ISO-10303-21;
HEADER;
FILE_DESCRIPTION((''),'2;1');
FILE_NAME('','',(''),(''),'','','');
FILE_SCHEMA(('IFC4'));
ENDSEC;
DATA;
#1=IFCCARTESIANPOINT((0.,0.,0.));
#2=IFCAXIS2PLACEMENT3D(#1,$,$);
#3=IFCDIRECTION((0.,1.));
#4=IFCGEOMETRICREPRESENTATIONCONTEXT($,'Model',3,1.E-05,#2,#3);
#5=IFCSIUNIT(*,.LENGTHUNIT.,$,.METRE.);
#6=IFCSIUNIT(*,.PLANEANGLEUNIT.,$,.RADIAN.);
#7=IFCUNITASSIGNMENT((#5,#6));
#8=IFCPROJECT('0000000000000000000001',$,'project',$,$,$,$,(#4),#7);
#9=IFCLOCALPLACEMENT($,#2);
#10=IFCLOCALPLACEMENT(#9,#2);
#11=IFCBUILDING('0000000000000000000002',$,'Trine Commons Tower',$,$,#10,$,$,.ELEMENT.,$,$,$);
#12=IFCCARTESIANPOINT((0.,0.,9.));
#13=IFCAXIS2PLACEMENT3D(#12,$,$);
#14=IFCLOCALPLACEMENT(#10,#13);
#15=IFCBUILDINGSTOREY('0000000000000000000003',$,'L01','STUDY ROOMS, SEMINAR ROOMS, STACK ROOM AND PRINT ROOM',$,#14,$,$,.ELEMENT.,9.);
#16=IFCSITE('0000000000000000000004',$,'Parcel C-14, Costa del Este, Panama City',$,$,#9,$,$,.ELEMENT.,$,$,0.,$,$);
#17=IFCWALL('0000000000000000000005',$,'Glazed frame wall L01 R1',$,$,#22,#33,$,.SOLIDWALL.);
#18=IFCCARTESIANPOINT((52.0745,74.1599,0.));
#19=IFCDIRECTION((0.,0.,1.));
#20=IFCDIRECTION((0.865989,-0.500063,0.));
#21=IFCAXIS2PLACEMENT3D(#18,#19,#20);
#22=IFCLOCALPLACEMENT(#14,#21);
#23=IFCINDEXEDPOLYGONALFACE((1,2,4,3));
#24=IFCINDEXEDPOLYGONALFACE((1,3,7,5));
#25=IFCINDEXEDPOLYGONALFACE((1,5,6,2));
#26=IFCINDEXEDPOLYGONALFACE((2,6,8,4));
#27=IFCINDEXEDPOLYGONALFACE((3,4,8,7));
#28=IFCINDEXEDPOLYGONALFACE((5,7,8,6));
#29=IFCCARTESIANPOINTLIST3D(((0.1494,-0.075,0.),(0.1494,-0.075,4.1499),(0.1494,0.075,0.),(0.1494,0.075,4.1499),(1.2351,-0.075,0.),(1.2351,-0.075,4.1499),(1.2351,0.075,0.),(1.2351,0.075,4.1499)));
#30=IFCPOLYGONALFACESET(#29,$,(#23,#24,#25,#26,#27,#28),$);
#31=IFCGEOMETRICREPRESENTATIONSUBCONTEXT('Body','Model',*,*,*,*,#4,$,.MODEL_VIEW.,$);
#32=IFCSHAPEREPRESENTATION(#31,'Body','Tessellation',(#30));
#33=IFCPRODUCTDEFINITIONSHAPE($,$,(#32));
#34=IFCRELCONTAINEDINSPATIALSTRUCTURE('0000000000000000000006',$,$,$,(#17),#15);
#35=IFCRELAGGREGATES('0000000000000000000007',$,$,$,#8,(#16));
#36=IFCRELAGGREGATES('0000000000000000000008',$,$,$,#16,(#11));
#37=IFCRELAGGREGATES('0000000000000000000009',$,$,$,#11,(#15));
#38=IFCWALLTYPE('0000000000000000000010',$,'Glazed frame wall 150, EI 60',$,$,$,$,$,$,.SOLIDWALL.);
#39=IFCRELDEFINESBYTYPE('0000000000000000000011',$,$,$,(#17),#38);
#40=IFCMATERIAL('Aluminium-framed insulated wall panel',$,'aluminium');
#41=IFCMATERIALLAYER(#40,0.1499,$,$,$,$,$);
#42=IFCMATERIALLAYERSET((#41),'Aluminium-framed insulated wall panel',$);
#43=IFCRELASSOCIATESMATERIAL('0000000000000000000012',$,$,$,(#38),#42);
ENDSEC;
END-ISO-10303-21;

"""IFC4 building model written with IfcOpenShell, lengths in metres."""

from ifc_helpers import new_model, si_unit, direction, frame, origin, place, context, subcontext, project, spatial, polyline, outline, extrude, material, layer, layer_set, type_object, element, save


model = new_model("IFC4")

# Units and contexts
model_context = context("Model", 3, precision=1e-05, world=origin(), true_north=direction((0.0, 1.0)))
body_context = subcontext(model_context, "Body", "Model", "MODEL_VIEW")
ifc_project = project(units=[si_unit("LENGTHUNIT", "METRE"), si_unit("PLANEANGLEUNIT", "RADIAN")], contexts=[model_context])

# Site, building, storey
site_placement = place(None, origin())
site = spatial("IfcSite", under=ifc_project, at=site_placement, Name="Parcel C-14, Costa del Este, Panama City", CompositionType="ELEMENT", RefElevation=0.0)
building_placement = place(site_placement, origin())
building = spatial("IfcBuilding", under=site, at=building_placement, Name="Trine Commons Tower", CompositionType="ELEMENT")
storey_placement = place(building_placement, frame((0.0, 0.0, 9.0)))
storey = spatial("IfcBuildingStorey", under=building, at=storey_placement, Name="L01", Description="STUDY ROOMS, SEMINAR ROOMS, STACK ROOM AND PRINT ROOM", CompositionType="ELEMENT", Elevation=9.0)

# Wall
ifc_material_1 = material(Name="Aluminium-framed insulated wall panel", Category="aluminium")
ifc_layer_1 = layer(ifc_material_1, 0.1499)
ifc_layer_set_1 = layer_set([ifc_layer_1], Name="Aluminium-framed insulated wall panel")
wall_type_1 = type_object("IfcWallType", Name="Glazed frame wall 150, EI 60", PredefinedType="SOLIDWALL", material=ifc_layer_set_1)
wall_1_placement = place(storey_placement, frame((52.0745, 74.1599, 0.0), z_axis=(0.0, 0.0, 1.0), x_axis=(0.865989, -0.500063, 0.0)))
element("IfcWall", 1, at=wall_1_placement, inside=storey, type_object=wall_type_1, Name="Glazed frame wall L01 R1", PredefinedType="SOLIDWALL", context=body_context, shape_type="SweptSolid", body=[
    extrude(outline(polyline([(0.1494, 0.075), (0.1494, -0.075), (1.2351, -0.075), (1.2351, 0.075), (0.1494, 0.075)])), origin(), (0.0, 0.0, 1.0), 4.1499),
])

save(model, "model.ifc")
